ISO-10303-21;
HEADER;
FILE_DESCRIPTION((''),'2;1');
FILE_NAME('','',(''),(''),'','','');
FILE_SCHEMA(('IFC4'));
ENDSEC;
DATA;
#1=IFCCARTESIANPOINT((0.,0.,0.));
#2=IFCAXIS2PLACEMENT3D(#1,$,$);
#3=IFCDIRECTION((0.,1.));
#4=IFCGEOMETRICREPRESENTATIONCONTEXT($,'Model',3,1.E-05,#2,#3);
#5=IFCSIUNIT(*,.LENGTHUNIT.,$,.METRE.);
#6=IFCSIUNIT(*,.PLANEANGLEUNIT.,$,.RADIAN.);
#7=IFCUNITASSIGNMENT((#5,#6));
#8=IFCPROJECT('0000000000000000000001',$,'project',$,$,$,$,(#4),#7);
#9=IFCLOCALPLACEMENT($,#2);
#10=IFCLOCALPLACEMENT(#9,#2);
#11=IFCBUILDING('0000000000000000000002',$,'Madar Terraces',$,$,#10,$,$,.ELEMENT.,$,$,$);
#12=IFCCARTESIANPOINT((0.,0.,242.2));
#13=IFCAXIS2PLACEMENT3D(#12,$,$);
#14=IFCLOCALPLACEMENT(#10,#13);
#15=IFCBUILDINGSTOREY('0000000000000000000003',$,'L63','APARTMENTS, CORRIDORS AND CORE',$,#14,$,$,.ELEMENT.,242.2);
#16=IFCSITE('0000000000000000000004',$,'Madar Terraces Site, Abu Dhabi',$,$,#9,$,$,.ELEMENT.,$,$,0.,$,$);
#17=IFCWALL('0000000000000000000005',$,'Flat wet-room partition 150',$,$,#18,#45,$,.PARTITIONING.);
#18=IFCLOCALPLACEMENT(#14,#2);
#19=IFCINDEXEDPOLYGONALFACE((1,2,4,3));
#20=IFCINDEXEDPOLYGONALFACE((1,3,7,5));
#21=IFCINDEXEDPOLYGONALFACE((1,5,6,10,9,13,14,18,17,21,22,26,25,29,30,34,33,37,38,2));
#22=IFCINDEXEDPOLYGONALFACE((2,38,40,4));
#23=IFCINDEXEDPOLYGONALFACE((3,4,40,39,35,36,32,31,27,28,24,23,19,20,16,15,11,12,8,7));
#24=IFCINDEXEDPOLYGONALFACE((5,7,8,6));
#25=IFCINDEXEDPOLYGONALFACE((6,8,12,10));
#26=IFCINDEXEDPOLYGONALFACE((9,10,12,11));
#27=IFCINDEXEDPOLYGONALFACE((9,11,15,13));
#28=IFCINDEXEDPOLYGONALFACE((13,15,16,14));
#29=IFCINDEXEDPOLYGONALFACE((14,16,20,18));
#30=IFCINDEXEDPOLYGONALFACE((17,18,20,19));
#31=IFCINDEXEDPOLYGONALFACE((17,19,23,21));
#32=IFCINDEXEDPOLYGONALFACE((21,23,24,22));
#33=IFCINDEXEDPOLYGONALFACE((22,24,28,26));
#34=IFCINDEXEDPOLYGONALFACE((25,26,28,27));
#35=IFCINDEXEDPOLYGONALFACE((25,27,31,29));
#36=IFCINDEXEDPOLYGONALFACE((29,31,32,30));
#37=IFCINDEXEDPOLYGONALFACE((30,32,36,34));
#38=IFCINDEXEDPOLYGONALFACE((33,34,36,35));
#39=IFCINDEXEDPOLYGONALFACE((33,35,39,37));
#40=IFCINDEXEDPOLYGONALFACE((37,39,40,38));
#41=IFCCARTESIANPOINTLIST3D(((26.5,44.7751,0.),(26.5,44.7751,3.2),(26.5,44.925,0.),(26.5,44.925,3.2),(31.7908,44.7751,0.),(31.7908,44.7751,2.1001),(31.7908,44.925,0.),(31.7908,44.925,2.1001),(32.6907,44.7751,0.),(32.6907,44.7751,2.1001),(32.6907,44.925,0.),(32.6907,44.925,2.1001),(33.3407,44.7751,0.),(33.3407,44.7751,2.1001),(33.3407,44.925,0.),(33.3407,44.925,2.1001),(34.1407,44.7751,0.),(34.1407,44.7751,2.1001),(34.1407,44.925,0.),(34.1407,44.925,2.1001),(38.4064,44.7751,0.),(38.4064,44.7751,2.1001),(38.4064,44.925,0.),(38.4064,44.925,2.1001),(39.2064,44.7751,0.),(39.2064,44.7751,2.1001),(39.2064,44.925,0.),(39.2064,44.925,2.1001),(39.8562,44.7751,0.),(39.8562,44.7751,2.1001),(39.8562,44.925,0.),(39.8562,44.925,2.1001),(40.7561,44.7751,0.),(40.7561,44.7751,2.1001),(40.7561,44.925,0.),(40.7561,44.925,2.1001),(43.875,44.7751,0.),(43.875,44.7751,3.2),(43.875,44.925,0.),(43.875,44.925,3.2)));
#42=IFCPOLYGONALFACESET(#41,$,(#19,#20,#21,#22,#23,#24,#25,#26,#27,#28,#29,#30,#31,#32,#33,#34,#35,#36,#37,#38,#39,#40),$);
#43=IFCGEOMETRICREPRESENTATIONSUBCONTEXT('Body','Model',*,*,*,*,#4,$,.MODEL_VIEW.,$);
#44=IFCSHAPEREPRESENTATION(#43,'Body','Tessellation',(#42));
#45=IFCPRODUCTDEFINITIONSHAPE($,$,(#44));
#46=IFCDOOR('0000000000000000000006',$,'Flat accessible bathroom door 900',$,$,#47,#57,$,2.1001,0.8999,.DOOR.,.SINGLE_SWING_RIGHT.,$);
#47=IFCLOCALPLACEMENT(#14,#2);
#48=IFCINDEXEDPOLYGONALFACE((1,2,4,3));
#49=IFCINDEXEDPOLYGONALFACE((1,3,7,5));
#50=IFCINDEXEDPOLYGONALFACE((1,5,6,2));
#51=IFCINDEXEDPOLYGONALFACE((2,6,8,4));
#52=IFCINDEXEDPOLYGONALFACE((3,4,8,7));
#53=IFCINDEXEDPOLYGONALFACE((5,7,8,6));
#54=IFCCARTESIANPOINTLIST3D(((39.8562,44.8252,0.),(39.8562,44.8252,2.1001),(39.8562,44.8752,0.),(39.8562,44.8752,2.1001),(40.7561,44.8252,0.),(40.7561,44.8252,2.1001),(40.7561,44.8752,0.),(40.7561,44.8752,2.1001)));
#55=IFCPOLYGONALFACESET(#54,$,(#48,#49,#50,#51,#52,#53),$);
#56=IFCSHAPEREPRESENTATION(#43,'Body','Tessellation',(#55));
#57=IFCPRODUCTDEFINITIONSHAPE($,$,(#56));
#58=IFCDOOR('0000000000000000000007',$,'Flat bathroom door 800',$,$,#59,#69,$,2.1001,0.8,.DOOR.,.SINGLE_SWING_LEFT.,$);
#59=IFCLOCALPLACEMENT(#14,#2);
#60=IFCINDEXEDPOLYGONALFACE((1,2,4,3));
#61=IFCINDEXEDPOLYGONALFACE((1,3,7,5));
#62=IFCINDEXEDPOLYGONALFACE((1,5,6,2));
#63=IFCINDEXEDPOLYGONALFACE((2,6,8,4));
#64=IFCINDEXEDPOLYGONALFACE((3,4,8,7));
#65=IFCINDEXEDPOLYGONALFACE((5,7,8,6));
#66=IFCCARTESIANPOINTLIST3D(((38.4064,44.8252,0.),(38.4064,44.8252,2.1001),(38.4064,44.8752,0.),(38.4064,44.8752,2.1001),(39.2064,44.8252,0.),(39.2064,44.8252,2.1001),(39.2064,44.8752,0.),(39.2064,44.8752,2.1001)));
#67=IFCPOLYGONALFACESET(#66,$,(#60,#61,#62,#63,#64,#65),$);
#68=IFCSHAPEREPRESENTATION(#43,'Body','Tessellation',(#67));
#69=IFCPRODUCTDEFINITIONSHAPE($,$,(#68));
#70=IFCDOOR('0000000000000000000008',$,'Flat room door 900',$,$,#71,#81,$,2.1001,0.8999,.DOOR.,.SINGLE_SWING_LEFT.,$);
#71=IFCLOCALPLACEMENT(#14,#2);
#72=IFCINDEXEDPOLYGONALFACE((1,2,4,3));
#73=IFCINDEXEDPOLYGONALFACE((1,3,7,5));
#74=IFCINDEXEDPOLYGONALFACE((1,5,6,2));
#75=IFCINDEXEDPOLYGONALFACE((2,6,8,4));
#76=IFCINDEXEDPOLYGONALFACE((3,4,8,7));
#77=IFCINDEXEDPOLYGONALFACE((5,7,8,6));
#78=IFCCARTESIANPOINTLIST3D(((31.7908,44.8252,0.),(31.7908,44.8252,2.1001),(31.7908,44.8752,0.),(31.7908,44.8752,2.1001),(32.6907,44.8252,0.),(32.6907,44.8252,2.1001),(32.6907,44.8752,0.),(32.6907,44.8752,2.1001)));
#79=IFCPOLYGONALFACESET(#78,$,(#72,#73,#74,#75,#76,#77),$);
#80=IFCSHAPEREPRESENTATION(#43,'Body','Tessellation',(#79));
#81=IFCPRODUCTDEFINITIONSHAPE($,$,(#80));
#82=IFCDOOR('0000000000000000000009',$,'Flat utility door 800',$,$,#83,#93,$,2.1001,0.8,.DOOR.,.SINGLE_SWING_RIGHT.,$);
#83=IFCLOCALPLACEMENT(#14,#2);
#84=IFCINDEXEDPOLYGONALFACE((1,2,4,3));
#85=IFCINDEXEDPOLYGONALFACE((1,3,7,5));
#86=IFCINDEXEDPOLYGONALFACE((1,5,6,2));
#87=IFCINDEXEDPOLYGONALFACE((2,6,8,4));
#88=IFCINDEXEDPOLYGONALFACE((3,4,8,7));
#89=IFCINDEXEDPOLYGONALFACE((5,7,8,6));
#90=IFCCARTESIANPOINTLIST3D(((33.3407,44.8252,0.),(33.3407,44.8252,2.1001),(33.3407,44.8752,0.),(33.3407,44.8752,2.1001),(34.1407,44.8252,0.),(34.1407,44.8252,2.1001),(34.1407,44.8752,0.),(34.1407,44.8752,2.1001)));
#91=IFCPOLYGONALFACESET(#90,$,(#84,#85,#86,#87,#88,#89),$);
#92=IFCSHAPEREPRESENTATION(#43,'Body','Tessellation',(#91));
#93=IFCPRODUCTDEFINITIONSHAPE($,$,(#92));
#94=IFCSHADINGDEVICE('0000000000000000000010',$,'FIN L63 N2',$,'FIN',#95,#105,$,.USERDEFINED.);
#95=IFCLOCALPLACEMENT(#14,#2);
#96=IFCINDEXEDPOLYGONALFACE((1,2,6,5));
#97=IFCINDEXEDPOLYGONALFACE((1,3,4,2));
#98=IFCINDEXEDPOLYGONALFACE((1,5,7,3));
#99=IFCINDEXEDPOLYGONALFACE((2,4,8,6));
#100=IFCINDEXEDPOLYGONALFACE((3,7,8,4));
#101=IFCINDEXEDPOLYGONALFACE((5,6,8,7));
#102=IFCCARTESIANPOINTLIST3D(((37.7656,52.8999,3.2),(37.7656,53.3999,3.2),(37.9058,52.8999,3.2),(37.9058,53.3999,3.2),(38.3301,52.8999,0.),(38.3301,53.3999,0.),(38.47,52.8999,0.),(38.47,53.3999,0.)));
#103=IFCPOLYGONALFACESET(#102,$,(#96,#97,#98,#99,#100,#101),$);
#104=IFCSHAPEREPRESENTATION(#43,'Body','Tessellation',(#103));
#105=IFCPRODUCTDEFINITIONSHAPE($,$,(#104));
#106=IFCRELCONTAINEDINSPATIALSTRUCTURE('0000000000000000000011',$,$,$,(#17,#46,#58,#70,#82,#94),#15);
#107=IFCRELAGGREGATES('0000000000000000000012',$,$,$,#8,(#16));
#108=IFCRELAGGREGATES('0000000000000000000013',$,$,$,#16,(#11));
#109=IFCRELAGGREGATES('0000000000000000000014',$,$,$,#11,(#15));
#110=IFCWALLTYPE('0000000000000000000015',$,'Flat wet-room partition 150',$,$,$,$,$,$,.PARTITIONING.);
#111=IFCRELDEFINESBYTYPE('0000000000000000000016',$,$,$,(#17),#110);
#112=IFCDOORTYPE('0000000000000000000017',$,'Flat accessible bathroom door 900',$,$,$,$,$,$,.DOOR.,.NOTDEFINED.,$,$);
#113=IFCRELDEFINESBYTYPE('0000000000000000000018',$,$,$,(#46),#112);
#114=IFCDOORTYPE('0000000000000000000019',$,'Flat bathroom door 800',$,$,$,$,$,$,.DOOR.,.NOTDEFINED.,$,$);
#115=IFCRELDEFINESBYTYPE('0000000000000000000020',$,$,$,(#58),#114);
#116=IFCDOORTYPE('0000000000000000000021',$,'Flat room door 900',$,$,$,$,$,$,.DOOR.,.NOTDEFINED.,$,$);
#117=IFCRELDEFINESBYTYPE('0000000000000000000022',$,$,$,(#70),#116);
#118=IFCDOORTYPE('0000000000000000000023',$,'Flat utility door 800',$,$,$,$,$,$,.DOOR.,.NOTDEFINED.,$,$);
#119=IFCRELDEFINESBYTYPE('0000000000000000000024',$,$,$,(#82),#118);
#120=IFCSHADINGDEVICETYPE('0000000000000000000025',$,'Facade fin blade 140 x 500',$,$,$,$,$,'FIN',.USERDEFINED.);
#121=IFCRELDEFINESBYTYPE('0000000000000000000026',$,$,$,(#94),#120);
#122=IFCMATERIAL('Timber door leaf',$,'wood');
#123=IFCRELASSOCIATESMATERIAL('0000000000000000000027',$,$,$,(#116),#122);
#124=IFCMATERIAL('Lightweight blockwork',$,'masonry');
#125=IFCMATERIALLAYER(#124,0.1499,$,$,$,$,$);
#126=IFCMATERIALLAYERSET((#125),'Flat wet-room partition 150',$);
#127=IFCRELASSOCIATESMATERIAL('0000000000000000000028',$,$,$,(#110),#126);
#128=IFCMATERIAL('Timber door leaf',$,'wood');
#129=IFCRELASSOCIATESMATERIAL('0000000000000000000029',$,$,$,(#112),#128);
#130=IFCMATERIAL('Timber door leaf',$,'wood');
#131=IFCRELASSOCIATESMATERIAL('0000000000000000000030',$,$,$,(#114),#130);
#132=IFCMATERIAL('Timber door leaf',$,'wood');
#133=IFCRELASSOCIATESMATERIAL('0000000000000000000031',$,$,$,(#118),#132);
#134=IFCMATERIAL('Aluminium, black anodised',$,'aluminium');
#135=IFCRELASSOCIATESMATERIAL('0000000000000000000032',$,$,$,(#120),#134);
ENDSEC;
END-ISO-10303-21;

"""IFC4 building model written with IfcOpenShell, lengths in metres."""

from ifc_helpers import new_model, si_unit, direction, frame, frame_2d, origin, place, context, subcontext, project, spatial, polyline, rectangle, outline, extrude, material, layer, layer_set, type_object, element, fill, save


model = new_model("IFC4")

# Units and contexts
model_context = context("Model", 3, precision=1e-05, world=origin(), true_north=direction((0.0, 1.0)))
body_context = subcontext(model_context, "Body", "Model", "MODEL_VIEW")
ifc_project = project(units=[si_unit("LENGTHUNIT", "METRE"), si_unit("PLANEANGLEUNIT", "RADIAN")], contexts=[model_context])

# Site, building, storey
site_placement = place(None, origin())
site = spatial("IfcSite", under=ifc_project, at=site_placement, Name="Madar Terraces Site, Abu Dhabi", CompositionType="ELEMENT", RefElevation=0.0)
building_placement = place(site_placement, origin())
building = spatial("IfcBuilding", under=site, at=building_placement, Name="Madar Terraces", CompositionType="ELEMENT")
storey_placement = place(building_placement, frame((0.0, 0.0, 242.2)))
storey = spatial("IfcBuildingStorey", under=building, at=storey_placement, Name="L63", Description="APARTMENTS, CORRIDORS AND CORE", CompositionType="ELEMENT", Elevation=242.2)

# Shared definitions
ifc_material_1 = material(Name="Timber door leaf", Category="wood")
door_type_1 = type_object("IfcDoorType", Name="Flat room door 900", OperationType="NOTDEFINED", PredefinedType="DOOR", material=ifc_material_1)

# Shared definitions
ifc_material_2 = material(Name="Lightweight blockwork", Category="masonry")
ifc_layer_1 = layer(ifc_material_2, 0.1499)
ifc_layer_set_1 = layer_set([ifc_layer_1], Name="Flat wet-room partition 150")
wall_type_1 = type_object("IfcWallType", Name="Flat wet-room partition 150", PredefinedType="PARTITIONING", material=ifc_layer_set_1)

# Wall, openings, doors
wall_1_placement = place(storey_placement, frame((43.875, 44.8501, 0.0), z_axis=(0.0, 0.0, 1.0), x_axis=(-1.0, 0.0, 0.0)))
wall_1 = element("IfcWall", 1, at=wall_1_placement, inside=storey, type_object=wall_type_1, Name="Flat wet-room partition 150", PredefinedType="PARTITIONING", context=body_context, shape_type="SweptSolid", body=[
    extrude(rectangle(XDim=17.375, YDim=0.1499, at=frame_2d((8.6875, 0.0))), origin(), (0.0, 0.0, 1.0), 3.2),
])
opening_1_placement = place(wall_1_placement, frame((3.1189, 0.0, 0.0)))
opening_1 = element("IfcOpeningElement", 2, at=opening_1_placement, cuts=wall_1, PredefinedType="OPENING", context=body_context, shape_type="SweptSolid", body=[
    extrude(rectangle(XDim=0.8999, YDim=2.1001, at=frame_2d((0.45, 1.05))), frame((0.0, 0.085, 0.0), z_axis=(0.0, -1.0, 0.0), x_axis=(1.0, 0.0, 0.0)), (0.0, 0.0, 1.0), 0.1699),
])
opening_2_placement = place(wall_1_placement, frame((4.6687, 0.0, 0.0)))
opening_2 = element("IfcOpeningElement", 3, at=opening_2_placement, cuts=wall_1, PredefinedType="OPENING", context=body_context, shape_type="SweptSolid", body=[
    extrude(rectangle(XDim=0.8, YDim=2.1001, at=frame_2d((0.3999, 1.05))), frame((0.0, 0.085, 0.0), z_axis=(0.0, -1.0, 0.0), x_axis=(1.0, 0.0, 0.0)), (0.0, 0.0, 1.0), 0.1699),
])
opening_3_placement = place(wall_1_placement, frame((9.7344, 0.0, 0.0)))
opening_3 = element("IfcOpeningElement", 4, at=opening_3_placement, cuts=wall_1, PredefinedType="OPENING", context=body_context, shape_type="SweptSolid", body=[
    extrude(rectangle(XDim=0.8, YDim=2.1001, at=frame_2d((0.3999, 1.05))), frame((0.0, 0.085, 0.0), z_axis=(0.0, -1.0, 0.0), x_axis=(1.0, 0.0, 0.0)), (0.0, 0.0, 1.0), 0.1699),
])
opening_4_placement = place(wall_1_placement, frame((11.1843, 0.0, 0.0)))
opening_4 = element("IfcOpeningElement", 5, at=opening_4_placement, cuts=wall_1, PredefinedType="OPENING", context=body_context, shape_type="SweptSolid", body=[
    extrude(rectangle(XDim=0.8999, YDim=2.1001, at=frame_2d((0.45, 1.05))), frame((0.0, 0.085, 0.0), z_axis=(0.0, -1.0, 0.0), x_axis=(1.0, 0.0, 0.0)), (0.0, 0.0, 1.0), 0.1699),
])
ifc_material_3 = material(Name="Timber door leaf", Category="wood")
door_type_2 = type_object("IfcDoorType", Name="Flat accessible bathroom door 900", OperationType="NOTDEFINED", PredefinedType="DOOR", material=ifc_material_3)
door_1_placement = place(opening_1_placement, origin())
door_1 = element("IfcDoor", 6, at=door_1_placement, inside=storey, type_object=door_type_2, Name="Flat accessible bathroom door 900", OperationType="SINGLE_SWING_RIGHT", OverallHeight=2.1001, OverallWidth=0.8999, PredefinedType="DOOR", context=body_context, shape_type="SweptSolid", body=[
    extrude(rectangle(XDim=0.8999, YDim=2.1001, at=frame_2d((0.45, 1.05))), frame((0.0, 0.0249, 0.0), z_axis=(0.0, -1.0, 0.0), x_axis=(1.0, 0.0, 0.0)), (0.0, 0.0, 1.0), 0.05),
])
fill(opening_1, door_1)
ifc_material_4 = material(Name="Timber door leaf", Category="wood")
door_type_3 = type_object("IfcDoorType", Name="Flat bathroom door 800", OperationType="NOTDEFINED", PredefinedType="DOOR", material=ifc_material_4)
door_2_placement = place(opening_2_placement, origin())
door_2 = element("IfcDoor", 7, at=door_2_placement, inside=storey, type_object=door_type_3, Name="Flat bathroom door 800", OperationType="SINGLE_SWING_LEFT", OverallHeight=2.1001, OverallWidth=0.8, PredefinedType="DOOR", context=body_context, shape_type="SweptSolid", body=[
    extrude(rectangle(XDim=0.8, YDim=2.1001, at=frame_2d((0.3999, 1.05))), frame((0.0, 0.0249, 0.0), z_axis=(0.0, -1.0, 0.0), x_axis=(1.0, 0.0, 0.0)), (0.0, 0.0, 1.0), 0.05),
])
fill(opening_2, door_2)
door_3_placement = place(opening_4_placement, origin())
door_3 = element("IfcDoor", 8, at=door_3_placement, inside=storey, type_object=door_type_1, Name="Flat room door 900", OperationType="SINGLE_SWING_LEFT", OverallHeight=2.1001, OverallWidth=0.8999, PredefinedType="DOOR", context=body_context, shape_type="SweptSolid", body=[
    extrude(rectangle(XDim=0.8999, YDim=2.1001, at=frame_2d((0.45, 1.05))), frame((0.0, 0.0249, 0.0), z_axis=(0.0, -1.0, 0.0), x_axis=(1.0, 0.0, 0.0)), (0.0, 0.0, 1.0), 0.05),
])
fill(opening_4, door_3)
ifc_material_5 = material(Name="Timber door leaf", Category="wood")
door_type_4 = type_object("IfcDoorType", Name="Flat utility door 800", OperationType="NOTDEFINED", PredefinedType="DOOR", material=ifc_material_5)
door_4_placement = place(opening_3_placement, origin())
door_4 = element("IfcDoor", 9, at=door_4_placement, inside=storey, type_object=door_type_4, Name="Flat utility door 800", OperationType="SINGLE_SWING_RIGHT", OverallHeight=2.1001, OverallWidth=0.8, PredefinedType="DOOR", context=body_context, shape_type="SweptSolid", body=[
    extrude(rectangle(XDim=0.8, YDim=2.1001, at=frame_2d((0.3999, 1.05))), frame((0.0, 0.0249, 0.0), z_axis=(0.0, -1.0, 0.0), x_axis=(1.0, 0.0, 0.0)), (0.0, 0.0, 1.0), 0.05),
])
fill(opening_3, door_4)

# Shading device
ifc_material_6 = material(Name="Aluminium, black anodised", Category="aluminium")
shading_device_type = type_object("IfcShadingDeviceType", Name="Facade fin blade 140 x 500", ElementType="FIN", PredefinedType="USERDEFINED", material=ifc_material_6)
shading_device_placement = place(storey_placement, frame((38.47, 53.1499, 0.0), z_axis=(0.0, 0.0, 1.0), x_axis=(-1.0, 0.0, 0.0)))
element("IfcShadingDevice", 10, at=shading_device_placement, inside=storey, type_object=shading_device_type, Name="FIN L63 N2", ObjectType="FIN", PredefinedType="USERDEFINED", context=body_context, shape_type="SweptSolid", body=[
    extrude(outline(polyline([(0.0, 0.0), (0.1399, 0.0), (0.7043, 3.2), (0.5642, 3.2), (0.0, 0.0)])), frame((0.0, 0.25, 0.0), z_axis=(0.0, -1.0, 0.0), x_axis=(1.0, 0.0, 0.0)), (0.0, 0.0, 1.0), 0.5),
])

save(model, "model.ifc")
